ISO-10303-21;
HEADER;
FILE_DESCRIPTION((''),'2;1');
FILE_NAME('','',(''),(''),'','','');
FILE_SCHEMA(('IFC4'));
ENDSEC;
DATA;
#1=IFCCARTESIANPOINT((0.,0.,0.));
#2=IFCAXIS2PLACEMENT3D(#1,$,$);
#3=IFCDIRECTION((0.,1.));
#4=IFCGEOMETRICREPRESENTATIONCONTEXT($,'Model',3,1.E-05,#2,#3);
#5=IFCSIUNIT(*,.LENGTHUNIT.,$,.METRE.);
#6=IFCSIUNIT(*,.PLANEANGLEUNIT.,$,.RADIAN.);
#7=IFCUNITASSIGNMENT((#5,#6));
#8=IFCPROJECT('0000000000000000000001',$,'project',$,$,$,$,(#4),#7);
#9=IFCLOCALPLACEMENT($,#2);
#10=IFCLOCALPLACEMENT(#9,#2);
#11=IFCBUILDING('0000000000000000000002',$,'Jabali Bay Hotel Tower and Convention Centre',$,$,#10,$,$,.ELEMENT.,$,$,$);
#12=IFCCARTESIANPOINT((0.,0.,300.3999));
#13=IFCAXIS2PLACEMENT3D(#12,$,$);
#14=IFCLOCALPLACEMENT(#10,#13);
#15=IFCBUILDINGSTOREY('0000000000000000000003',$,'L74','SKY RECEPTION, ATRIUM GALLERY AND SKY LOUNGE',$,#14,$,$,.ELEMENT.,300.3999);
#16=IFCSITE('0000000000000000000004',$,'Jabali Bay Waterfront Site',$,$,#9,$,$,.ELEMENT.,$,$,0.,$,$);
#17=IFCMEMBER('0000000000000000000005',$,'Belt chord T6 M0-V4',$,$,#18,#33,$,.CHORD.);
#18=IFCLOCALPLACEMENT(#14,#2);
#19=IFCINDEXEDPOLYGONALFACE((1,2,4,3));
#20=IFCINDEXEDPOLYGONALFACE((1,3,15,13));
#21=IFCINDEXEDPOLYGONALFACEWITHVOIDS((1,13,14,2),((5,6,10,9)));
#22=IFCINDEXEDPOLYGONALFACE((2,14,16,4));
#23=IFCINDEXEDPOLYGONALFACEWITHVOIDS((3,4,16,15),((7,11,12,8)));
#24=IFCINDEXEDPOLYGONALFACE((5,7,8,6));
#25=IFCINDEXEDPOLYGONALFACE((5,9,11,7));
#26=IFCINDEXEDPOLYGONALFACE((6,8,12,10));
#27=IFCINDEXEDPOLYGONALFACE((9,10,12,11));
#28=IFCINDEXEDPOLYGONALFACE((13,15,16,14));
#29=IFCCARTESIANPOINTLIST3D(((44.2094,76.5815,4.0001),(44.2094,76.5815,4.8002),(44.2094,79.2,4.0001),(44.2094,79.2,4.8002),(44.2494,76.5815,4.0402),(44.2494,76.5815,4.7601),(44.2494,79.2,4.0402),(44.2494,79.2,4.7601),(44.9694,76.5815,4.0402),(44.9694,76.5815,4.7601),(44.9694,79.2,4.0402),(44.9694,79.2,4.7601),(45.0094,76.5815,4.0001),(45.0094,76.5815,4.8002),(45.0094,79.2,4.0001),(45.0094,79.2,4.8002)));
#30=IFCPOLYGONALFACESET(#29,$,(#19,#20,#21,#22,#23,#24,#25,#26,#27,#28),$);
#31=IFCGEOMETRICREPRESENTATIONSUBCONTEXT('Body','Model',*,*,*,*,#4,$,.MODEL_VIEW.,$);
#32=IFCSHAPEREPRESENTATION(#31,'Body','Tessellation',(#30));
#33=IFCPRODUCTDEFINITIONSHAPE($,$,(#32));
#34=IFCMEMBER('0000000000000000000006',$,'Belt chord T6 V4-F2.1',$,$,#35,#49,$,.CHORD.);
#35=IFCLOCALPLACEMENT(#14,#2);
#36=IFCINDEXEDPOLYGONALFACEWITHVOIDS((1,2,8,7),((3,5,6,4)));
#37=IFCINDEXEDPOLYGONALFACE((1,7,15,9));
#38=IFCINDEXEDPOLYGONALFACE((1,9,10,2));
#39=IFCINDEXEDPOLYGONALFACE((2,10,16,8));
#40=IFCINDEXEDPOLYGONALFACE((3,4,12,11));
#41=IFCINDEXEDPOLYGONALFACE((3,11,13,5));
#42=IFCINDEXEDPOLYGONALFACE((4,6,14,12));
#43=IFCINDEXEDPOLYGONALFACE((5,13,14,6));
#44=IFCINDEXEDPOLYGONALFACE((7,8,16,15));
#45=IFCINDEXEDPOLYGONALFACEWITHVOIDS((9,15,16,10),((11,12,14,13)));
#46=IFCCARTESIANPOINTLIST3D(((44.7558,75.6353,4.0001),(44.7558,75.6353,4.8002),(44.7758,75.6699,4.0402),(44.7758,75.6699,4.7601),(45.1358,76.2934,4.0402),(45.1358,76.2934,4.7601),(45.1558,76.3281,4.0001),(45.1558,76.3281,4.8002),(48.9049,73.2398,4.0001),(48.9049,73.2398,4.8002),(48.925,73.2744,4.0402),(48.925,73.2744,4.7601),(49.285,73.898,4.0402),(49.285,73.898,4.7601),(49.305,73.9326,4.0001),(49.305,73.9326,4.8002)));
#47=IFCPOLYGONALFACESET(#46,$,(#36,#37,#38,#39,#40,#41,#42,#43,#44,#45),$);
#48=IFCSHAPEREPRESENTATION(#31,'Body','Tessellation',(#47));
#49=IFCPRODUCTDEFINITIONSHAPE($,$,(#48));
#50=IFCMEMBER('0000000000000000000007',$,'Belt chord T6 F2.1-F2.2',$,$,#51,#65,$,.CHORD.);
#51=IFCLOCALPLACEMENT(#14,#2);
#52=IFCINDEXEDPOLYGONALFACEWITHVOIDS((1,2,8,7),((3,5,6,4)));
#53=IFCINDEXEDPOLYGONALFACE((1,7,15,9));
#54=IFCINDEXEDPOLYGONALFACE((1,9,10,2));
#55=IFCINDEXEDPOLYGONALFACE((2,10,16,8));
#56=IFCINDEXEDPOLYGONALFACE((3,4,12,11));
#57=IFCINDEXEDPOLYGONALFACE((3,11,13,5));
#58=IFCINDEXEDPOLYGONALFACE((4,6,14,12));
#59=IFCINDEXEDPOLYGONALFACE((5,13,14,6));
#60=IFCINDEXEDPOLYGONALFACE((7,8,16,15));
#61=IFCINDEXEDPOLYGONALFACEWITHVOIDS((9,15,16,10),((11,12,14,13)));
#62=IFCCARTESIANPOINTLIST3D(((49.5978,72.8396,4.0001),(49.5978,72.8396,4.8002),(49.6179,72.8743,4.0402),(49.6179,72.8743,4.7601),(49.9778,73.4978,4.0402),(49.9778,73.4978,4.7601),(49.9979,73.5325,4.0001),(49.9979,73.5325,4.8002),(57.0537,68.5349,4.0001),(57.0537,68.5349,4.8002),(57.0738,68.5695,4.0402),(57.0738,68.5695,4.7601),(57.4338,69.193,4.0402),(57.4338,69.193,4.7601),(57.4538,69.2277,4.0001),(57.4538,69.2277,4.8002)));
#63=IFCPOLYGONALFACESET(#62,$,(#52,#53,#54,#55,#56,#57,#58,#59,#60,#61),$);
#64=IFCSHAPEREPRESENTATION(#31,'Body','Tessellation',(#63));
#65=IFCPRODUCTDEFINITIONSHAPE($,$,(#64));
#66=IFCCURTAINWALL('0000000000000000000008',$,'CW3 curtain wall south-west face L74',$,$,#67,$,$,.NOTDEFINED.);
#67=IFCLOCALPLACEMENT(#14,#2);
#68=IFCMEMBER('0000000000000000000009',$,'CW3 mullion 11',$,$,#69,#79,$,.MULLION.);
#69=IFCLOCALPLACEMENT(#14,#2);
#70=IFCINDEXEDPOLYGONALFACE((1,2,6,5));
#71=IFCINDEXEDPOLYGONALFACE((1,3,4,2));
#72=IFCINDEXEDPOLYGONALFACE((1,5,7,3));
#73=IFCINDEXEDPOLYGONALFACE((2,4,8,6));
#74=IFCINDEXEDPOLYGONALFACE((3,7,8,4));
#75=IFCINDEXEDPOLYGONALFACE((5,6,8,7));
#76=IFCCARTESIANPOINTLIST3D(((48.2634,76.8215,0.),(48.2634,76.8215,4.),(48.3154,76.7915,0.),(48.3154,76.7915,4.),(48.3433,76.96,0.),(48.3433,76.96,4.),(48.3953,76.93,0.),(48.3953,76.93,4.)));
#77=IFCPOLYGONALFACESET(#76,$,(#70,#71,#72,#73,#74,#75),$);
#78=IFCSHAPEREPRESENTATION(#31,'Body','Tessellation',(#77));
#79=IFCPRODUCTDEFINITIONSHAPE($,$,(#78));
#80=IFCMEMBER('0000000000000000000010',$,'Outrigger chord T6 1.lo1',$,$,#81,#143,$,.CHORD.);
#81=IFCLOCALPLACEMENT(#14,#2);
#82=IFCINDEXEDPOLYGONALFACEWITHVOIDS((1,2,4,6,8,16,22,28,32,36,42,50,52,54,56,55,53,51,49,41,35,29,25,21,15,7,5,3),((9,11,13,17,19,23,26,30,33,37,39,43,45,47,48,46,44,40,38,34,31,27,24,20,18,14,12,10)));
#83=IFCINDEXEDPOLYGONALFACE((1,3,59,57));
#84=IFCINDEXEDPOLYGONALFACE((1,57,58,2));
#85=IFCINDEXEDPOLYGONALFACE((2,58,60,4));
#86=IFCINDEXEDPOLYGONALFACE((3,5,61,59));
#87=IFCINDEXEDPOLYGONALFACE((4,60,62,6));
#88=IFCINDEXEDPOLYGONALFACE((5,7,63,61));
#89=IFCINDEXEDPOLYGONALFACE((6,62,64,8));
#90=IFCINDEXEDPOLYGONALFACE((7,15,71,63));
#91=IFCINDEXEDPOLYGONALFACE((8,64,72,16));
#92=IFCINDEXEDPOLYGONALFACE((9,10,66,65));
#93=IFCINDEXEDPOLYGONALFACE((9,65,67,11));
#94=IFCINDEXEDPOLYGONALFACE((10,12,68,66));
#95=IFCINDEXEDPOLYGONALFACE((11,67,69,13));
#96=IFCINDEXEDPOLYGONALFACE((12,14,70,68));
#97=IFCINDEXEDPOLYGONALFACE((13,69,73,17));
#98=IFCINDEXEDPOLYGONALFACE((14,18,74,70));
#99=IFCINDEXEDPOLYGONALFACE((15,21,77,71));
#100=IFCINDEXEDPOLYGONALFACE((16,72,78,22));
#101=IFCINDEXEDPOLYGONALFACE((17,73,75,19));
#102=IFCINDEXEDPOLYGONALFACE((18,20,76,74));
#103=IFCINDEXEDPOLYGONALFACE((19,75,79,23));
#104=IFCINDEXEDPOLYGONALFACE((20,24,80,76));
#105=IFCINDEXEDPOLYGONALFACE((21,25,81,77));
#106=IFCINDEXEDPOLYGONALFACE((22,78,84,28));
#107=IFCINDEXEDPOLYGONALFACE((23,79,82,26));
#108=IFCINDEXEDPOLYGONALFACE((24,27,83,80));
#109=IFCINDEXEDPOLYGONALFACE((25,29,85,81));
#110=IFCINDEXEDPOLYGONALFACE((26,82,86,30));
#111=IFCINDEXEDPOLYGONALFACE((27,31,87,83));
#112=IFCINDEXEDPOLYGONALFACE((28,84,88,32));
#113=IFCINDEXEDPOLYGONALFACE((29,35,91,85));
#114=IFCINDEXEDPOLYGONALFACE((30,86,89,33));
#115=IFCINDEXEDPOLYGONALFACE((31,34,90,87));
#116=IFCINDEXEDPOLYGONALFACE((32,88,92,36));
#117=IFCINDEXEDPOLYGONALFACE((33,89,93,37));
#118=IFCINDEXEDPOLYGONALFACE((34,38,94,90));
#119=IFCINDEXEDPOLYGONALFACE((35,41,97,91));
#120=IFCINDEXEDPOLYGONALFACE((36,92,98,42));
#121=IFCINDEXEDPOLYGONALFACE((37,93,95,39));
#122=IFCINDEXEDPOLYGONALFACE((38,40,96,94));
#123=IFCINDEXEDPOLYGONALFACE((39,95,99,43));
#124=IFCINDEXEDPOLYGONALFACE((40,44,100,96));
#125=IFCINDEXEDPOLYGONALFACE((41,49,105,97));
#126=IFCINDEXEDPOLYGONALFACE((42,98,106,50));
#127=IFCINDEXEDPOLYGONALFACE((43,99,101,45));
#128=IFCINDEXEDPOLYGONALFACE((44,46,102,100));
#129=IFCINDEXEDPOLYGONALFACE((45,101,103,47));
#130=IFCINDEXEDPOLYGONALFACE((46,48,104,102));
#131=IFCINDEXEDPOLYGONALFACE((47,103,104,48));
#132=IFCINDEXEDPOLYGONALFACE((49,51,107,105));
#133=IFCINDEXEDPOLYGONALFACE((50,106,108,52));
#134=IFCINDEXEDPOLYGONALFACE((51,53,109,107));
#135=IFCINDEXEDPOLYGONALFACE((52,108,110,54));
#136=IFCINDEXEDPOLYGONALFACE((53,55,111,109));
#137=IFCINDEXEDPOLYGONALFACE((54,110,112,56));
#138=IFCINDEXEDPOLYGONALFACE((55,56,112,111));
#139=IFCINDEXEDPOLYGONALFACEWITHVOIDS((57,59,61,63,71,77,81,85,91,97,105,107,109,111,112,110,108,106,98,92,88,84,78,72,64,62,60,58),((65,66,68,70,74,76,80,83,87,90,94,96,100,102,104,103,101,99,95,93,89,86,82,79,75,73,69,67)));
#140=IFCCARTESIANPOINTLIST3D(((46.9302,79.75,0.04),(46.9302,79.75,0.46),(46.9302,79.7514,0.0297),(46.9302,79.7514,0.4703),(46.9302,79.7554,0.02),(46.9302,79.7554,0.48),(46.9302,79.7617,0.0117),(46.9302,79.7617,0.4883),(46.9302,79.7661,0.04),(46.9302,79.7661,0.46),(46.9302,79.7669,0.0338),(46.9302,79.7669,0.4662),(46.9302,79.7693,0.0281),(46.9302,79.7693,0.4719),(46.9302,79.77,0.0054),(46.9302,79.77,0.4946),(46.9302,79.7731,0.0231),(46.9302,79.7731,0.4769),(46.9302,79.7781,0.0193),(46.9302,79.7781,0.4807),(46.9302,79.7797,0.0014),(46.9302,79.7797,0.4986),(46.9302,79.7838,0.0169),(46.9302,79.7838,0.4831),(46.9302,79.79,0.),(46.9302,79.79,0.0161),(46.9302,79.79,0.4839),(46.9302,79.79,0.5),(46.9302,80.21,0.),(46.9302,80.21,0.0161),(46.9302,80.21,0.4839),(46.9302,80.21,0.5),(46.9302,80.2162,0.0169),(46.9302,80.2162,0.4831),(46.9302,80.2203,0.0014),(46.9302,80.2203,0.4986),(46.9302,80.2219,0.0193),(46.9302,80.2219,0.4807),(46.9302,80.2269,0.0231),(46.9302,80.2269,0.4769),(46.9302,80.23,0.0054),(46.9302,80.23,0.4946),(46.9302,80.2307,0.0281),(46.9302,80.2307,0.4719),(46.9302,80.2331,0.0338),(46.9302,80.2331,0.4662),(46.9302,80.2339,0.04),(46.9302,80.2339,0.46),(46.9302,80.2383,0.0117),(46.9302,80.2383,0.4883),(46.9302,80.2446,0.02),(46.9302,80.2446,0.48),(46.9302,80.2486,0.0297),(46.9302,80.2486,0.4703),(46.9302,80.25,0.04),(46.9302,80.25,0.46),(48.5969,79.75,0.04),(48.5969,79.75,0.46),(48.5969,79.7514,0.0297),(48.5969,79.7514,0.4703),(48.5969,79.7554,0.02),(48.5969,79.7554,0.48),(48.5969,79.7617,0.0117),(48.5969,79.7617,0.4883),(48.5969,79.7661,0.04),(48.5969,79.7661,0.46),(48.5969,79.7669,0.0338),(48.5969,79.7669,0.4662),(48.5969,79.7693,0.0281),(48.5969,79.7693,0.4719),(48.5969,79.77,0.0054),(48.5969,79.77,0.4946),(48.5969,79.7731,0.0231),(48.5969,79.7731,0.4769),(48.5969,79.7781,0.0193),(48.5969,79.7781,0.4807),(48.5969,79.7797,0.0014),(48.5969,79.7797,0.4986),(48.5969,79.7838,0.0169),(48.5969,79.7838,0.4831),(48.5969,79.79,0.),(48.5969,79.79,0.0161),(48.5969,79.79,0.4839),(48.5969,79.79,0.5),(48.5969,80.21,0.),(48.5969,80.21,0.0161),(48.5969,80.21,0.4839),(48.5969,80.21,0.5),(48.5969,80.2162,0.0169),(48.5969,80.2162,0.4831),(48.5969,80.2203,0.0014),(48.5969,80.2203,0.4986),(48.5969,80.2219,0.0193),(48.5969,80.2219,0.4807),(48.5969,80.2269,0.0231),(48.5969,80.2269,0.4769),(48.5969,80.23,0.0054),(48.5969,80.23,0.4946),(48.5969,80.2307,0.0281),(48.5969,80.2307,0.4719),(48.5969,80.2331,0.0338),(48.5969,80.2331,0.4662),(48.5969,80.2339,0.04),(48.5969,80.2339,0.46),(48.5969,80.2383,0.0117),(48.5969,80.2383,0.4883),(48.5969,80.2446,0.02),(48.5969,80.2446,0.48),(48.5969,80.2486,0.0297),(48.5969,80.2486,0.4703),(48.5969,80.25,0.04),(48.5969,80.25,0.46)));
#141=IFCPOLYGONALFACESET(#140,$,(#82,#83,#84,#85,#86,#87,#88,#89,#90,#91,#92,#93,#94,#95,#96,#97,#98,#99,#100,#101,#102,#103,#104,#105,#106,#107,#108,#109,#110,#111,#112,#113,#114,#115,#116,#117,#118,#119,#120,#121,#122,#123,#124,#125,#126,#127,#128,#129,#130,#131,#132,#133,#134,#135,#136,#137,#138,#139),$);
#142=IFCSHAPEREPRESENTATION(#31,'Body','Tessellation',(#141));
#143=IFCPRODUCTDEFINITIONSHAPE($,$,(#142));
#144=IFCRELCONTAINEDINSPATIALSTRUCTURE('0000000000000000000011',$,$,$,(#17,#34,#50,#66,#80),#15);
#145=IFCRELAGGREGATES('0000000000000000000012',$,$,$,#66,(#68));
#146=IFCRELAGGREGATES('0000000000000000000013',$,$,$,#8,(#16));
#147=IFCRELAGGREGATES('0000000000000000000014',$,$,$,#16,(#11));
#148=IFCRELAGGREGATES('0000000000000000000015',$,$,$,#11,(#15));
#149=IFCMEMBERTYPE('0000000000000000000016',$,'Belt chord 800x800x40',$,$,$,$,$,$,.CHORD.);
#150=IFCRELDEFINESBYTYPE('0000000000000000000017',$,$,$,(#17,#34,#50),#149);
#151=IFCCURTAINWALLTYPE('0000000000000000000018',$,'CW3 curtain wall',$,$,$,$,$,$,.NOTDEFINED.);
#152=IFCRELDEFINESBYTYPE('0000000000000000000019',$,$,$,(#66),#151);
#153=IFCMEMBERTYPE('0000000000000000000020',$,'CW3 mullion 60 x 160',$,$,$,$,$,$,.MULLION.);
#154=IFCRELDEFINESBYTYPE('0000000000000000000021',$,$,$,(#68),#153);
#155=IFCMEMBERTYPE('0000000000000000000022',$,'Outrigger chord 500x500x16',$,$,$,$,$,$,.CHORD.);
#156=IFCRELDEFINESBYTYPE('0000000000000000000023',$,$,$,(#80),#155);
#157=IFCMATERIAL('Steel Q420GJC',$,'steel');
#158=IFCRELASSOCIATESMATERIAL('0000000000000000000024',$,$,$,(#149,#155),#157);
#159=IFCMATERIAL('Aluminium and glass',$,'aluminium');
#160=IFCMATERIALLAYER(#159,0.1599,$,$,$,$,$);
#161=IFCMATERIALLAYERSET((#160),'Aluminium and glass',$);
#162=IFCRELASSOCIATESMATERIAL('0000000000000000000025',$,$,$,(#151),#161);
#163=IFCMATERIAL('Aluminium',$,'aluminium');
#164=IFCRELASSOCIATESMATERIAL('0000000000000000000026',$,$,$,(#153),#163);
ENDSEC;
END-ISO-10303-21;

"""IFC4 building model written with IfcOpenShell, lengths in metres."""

from ifc_helpers import new_model, si_unit, direction, frame, origin, origin_2d, place, context, subcontext, project, spatial, rectangle, hollow_rectangle, extrude, material, layer, layer_set, material_profile, profile_set, type_object, element, aggregate, save


model = new_model("IFC4")

# Units and contexts
model_context = context("Model", 3, precision=1e-05, world=origin(), true_north=direction((0.0, 1.0)))
body_context = subcontext(model_context, "Body", "Model", "MODEL_VIEW")
ifc_project = project(units=[si_unit("LENGTHUNIT", "METRE"), si_unit("PLANEANGLEUNIT", "RADIAN")], contexts=[model_context])

# Site, building, storey
site_placement = place(None, origin())
site = spatial("IfcSite", under=ifc_project, at=site_placement, Name="Jabali Bay Waterfront Site", CompositionType="ELEMENT", RefElevation=0.0)
building_placement = place(site_placement, origin())
building = spatial("IfcBuilding", under=site, at=building_placement, Name="Jabali Bay Hotel Tower and Convention Centre", CompositionType="ELEMENT")
storey_placement = place(building_placement, frame((0.0, 0.0, 300.3999)))
storey = spatial("IfcBuildingStorey", under=building, at=storey_placement, Name="L74", Description="SKY RECEPTION, ATRIUM GALLERY AND SKY LOUNGE", CompositionType="ELEMENT", Elevation=300.3999)

# Members
ifc_material_1 = material(Name="Steel Q420GJC", Category="steel")
ifc_material_profile_1 = material_profile(ifc_material_1, hollow_rectangle(XDim=0.8, YDim=0.8, WallThickness=0.04, at=origin_2d()), Name="Belt chord 800x800x40")
ifc_profile_set_1 = profile_set([ifc_material_profile_1], Name="Steel Q420GJC")
member_type_1 = type_object("IfcMemberType", Name="Belt chord 800x800x40", PredefinedType="CHORD", material=ifc_profile_set_1)
member_1_placement = place(storey_placement, frame((44.6094, 79.2, 4.4001), z_axis=(0.0, -1.0, 0.0), x_axis=(1.0, 0.0, 0.0)))
element("IfcMember", 1, at=member_1_placement, inside=storey, type_object=member_type_1, Name="Belt chord T6 M0-V4", PredefinedType="CHORD", context=body_context, shape_type="SweptSolid", body=[
    extrude(hollow_rectangle(XDim=0.8, YDim=0.8, WallThickness=0.04, at=origin_2d()), origin(), (0.0, 0.0, 1.0), 2.6184),
])
member_2_placement = place(storey_placement, frame((44.9558, 75.9817, 4.4001), z_axis=(0.866027, -0.499997, 0.0), x_axis=(0.499997, 0.866027, 0.0)))
element("IfcMember", 2, at=member_2_placement, inside=storey, type_object=member_type_1, Name="Belt chord T6 V4-F2.1", PredefinedType="CHORD", context=body_context, shape_type="SweptSolid", body=[
    extrude(hollow_rectangle(XDim=0.8, YDim=0.8, WallThickness=0.04, at=origin_2d()), origin(), (0.0, 0.0, 1.0), 4.791),
])
member_3_placement = place(storey_placement, frame((49.7979, 73.186, 4.4001), z_axis=(0.866022, -0.500006, 0.0), x_axis=(0.500006, 0.866022, 0.0)))
element("IfcMember", 3, at=member_3_placement, inside=storey, type_object=member_type_1, Name="Belt chord T6 F2.1-F2.2", PredefinedType="CHORD", context=body_context, shape_type="SweptSolid", body=[
    extrude(hollow_rectangle(XDim=0.8, YDim=0.8, WallThickness=0.04, at=origin_2d()), origin(), (0.0, 0.0, 1.0), 8.6094),
])

# Curtain wall, member
ifc_material_2 = material(Name="Aluminium and glass", Category="aluminium")
ifc_layer_1 = layer(ifc_material_2, 0.1599)
ifc_layer_set_1 = layer_set([ifc_layer_1], Name="Aluminium and glass")
curtain_wall_type = type_object("IfcCurtainWallType", Name="CW3 curtain wall", PredefinedType="NOTDEFINED", material=ifc_layer_set_1)
curtain_wall_placement = place(storey_placement, origin())
curtain_wall = element("IfcCurtainWall", 4, at=curtain_wall_placement, inside=storey, type_object=curtain_wall_type, Name="CW3 curtain wall south-west face L74", PredefinedType="NOTDEFINED")
ifc_material_3 = material(Name="Aluminium", Category="aluminium")
ifc_material_profile_2 = material_profile(ifc_material_3, rectangle(XDim=0.1599, YDim=0.0601, at=origin_2d()), Name="CW3 mullion 60 x 160")
ifc_profile_set_2 = profile_set([ifc_material_profile_2], Name="Aluminium")
member_type_2 = type_object("IfcMemberType", Name="CW3 mullion 60 x 160", PredefinedType="MULLION", material=ifc_profile_set_2)
member_4_placement = place(storey_placement, frame((48.3293, 76.8757, 0.0), z_axis=(0.0, 0.0, 1.0), x_axis=(-0.5, -0.866025, 0.0)))
member_4 = element("IfcMember", 5, at=member_4_placement, type_object=member_type_2, Name="CW3 mullion 11", PredefinedType="MULLION", context=body_context, shape_type="SweptSolid", body=[
    extrude(rectangle(XDim=0.1599, YDim=0.0601, at=origin_2d()), origin(), (0.0, 0.0, 1.0), 4.0),
])

# Member
ifc_material_profile_3 = material_profile(ifc_material_1, hollow_rectangle(XDim=0.5, YDim=0.5, WallThickness=0.0161, InnerFilletRadius=0.0239, OuterFilletRadius=0.04, at=origin_2d()), Name="Outrigger chord 500x500x16")
ifc_profile_set_3 = profile_set([ifc_material_profile_3], Name="Steel Q420GJC")
member_type_3 = type_object("IfcMemberType", Name="Outrigger chord 500x500x16", PredefinedType="CHORD", material=ifc_profile_set_3)
member_5_placement = place(storey_placement, frame((48.5969, 80.0, 0.25), z_axis=(-1.0, 0.0, 0.0), x_axis=(0.0, -1.0, 0.0)))
element("IfcMember", 6, at=member_5_placement, inside=storey, type_object=member_type_3, Name="Outrigger chord T6 1.lo1", PredefinedType="CHORD", context=body_context, shape_type="SweptSolid", body=[
    extrude(hollow_rectangle(XDim=0.5, YDim=0.5, WallThickness=0.0161, InnerFilletRadius=0.0239, OuterFilletRadius=0.04, at=origin_2d()), origin(), (0.0, 0.0, 1.0), 1.6667),
])

aggregate(curtain_wall, [member_4])

save(model, "model.ifc")
